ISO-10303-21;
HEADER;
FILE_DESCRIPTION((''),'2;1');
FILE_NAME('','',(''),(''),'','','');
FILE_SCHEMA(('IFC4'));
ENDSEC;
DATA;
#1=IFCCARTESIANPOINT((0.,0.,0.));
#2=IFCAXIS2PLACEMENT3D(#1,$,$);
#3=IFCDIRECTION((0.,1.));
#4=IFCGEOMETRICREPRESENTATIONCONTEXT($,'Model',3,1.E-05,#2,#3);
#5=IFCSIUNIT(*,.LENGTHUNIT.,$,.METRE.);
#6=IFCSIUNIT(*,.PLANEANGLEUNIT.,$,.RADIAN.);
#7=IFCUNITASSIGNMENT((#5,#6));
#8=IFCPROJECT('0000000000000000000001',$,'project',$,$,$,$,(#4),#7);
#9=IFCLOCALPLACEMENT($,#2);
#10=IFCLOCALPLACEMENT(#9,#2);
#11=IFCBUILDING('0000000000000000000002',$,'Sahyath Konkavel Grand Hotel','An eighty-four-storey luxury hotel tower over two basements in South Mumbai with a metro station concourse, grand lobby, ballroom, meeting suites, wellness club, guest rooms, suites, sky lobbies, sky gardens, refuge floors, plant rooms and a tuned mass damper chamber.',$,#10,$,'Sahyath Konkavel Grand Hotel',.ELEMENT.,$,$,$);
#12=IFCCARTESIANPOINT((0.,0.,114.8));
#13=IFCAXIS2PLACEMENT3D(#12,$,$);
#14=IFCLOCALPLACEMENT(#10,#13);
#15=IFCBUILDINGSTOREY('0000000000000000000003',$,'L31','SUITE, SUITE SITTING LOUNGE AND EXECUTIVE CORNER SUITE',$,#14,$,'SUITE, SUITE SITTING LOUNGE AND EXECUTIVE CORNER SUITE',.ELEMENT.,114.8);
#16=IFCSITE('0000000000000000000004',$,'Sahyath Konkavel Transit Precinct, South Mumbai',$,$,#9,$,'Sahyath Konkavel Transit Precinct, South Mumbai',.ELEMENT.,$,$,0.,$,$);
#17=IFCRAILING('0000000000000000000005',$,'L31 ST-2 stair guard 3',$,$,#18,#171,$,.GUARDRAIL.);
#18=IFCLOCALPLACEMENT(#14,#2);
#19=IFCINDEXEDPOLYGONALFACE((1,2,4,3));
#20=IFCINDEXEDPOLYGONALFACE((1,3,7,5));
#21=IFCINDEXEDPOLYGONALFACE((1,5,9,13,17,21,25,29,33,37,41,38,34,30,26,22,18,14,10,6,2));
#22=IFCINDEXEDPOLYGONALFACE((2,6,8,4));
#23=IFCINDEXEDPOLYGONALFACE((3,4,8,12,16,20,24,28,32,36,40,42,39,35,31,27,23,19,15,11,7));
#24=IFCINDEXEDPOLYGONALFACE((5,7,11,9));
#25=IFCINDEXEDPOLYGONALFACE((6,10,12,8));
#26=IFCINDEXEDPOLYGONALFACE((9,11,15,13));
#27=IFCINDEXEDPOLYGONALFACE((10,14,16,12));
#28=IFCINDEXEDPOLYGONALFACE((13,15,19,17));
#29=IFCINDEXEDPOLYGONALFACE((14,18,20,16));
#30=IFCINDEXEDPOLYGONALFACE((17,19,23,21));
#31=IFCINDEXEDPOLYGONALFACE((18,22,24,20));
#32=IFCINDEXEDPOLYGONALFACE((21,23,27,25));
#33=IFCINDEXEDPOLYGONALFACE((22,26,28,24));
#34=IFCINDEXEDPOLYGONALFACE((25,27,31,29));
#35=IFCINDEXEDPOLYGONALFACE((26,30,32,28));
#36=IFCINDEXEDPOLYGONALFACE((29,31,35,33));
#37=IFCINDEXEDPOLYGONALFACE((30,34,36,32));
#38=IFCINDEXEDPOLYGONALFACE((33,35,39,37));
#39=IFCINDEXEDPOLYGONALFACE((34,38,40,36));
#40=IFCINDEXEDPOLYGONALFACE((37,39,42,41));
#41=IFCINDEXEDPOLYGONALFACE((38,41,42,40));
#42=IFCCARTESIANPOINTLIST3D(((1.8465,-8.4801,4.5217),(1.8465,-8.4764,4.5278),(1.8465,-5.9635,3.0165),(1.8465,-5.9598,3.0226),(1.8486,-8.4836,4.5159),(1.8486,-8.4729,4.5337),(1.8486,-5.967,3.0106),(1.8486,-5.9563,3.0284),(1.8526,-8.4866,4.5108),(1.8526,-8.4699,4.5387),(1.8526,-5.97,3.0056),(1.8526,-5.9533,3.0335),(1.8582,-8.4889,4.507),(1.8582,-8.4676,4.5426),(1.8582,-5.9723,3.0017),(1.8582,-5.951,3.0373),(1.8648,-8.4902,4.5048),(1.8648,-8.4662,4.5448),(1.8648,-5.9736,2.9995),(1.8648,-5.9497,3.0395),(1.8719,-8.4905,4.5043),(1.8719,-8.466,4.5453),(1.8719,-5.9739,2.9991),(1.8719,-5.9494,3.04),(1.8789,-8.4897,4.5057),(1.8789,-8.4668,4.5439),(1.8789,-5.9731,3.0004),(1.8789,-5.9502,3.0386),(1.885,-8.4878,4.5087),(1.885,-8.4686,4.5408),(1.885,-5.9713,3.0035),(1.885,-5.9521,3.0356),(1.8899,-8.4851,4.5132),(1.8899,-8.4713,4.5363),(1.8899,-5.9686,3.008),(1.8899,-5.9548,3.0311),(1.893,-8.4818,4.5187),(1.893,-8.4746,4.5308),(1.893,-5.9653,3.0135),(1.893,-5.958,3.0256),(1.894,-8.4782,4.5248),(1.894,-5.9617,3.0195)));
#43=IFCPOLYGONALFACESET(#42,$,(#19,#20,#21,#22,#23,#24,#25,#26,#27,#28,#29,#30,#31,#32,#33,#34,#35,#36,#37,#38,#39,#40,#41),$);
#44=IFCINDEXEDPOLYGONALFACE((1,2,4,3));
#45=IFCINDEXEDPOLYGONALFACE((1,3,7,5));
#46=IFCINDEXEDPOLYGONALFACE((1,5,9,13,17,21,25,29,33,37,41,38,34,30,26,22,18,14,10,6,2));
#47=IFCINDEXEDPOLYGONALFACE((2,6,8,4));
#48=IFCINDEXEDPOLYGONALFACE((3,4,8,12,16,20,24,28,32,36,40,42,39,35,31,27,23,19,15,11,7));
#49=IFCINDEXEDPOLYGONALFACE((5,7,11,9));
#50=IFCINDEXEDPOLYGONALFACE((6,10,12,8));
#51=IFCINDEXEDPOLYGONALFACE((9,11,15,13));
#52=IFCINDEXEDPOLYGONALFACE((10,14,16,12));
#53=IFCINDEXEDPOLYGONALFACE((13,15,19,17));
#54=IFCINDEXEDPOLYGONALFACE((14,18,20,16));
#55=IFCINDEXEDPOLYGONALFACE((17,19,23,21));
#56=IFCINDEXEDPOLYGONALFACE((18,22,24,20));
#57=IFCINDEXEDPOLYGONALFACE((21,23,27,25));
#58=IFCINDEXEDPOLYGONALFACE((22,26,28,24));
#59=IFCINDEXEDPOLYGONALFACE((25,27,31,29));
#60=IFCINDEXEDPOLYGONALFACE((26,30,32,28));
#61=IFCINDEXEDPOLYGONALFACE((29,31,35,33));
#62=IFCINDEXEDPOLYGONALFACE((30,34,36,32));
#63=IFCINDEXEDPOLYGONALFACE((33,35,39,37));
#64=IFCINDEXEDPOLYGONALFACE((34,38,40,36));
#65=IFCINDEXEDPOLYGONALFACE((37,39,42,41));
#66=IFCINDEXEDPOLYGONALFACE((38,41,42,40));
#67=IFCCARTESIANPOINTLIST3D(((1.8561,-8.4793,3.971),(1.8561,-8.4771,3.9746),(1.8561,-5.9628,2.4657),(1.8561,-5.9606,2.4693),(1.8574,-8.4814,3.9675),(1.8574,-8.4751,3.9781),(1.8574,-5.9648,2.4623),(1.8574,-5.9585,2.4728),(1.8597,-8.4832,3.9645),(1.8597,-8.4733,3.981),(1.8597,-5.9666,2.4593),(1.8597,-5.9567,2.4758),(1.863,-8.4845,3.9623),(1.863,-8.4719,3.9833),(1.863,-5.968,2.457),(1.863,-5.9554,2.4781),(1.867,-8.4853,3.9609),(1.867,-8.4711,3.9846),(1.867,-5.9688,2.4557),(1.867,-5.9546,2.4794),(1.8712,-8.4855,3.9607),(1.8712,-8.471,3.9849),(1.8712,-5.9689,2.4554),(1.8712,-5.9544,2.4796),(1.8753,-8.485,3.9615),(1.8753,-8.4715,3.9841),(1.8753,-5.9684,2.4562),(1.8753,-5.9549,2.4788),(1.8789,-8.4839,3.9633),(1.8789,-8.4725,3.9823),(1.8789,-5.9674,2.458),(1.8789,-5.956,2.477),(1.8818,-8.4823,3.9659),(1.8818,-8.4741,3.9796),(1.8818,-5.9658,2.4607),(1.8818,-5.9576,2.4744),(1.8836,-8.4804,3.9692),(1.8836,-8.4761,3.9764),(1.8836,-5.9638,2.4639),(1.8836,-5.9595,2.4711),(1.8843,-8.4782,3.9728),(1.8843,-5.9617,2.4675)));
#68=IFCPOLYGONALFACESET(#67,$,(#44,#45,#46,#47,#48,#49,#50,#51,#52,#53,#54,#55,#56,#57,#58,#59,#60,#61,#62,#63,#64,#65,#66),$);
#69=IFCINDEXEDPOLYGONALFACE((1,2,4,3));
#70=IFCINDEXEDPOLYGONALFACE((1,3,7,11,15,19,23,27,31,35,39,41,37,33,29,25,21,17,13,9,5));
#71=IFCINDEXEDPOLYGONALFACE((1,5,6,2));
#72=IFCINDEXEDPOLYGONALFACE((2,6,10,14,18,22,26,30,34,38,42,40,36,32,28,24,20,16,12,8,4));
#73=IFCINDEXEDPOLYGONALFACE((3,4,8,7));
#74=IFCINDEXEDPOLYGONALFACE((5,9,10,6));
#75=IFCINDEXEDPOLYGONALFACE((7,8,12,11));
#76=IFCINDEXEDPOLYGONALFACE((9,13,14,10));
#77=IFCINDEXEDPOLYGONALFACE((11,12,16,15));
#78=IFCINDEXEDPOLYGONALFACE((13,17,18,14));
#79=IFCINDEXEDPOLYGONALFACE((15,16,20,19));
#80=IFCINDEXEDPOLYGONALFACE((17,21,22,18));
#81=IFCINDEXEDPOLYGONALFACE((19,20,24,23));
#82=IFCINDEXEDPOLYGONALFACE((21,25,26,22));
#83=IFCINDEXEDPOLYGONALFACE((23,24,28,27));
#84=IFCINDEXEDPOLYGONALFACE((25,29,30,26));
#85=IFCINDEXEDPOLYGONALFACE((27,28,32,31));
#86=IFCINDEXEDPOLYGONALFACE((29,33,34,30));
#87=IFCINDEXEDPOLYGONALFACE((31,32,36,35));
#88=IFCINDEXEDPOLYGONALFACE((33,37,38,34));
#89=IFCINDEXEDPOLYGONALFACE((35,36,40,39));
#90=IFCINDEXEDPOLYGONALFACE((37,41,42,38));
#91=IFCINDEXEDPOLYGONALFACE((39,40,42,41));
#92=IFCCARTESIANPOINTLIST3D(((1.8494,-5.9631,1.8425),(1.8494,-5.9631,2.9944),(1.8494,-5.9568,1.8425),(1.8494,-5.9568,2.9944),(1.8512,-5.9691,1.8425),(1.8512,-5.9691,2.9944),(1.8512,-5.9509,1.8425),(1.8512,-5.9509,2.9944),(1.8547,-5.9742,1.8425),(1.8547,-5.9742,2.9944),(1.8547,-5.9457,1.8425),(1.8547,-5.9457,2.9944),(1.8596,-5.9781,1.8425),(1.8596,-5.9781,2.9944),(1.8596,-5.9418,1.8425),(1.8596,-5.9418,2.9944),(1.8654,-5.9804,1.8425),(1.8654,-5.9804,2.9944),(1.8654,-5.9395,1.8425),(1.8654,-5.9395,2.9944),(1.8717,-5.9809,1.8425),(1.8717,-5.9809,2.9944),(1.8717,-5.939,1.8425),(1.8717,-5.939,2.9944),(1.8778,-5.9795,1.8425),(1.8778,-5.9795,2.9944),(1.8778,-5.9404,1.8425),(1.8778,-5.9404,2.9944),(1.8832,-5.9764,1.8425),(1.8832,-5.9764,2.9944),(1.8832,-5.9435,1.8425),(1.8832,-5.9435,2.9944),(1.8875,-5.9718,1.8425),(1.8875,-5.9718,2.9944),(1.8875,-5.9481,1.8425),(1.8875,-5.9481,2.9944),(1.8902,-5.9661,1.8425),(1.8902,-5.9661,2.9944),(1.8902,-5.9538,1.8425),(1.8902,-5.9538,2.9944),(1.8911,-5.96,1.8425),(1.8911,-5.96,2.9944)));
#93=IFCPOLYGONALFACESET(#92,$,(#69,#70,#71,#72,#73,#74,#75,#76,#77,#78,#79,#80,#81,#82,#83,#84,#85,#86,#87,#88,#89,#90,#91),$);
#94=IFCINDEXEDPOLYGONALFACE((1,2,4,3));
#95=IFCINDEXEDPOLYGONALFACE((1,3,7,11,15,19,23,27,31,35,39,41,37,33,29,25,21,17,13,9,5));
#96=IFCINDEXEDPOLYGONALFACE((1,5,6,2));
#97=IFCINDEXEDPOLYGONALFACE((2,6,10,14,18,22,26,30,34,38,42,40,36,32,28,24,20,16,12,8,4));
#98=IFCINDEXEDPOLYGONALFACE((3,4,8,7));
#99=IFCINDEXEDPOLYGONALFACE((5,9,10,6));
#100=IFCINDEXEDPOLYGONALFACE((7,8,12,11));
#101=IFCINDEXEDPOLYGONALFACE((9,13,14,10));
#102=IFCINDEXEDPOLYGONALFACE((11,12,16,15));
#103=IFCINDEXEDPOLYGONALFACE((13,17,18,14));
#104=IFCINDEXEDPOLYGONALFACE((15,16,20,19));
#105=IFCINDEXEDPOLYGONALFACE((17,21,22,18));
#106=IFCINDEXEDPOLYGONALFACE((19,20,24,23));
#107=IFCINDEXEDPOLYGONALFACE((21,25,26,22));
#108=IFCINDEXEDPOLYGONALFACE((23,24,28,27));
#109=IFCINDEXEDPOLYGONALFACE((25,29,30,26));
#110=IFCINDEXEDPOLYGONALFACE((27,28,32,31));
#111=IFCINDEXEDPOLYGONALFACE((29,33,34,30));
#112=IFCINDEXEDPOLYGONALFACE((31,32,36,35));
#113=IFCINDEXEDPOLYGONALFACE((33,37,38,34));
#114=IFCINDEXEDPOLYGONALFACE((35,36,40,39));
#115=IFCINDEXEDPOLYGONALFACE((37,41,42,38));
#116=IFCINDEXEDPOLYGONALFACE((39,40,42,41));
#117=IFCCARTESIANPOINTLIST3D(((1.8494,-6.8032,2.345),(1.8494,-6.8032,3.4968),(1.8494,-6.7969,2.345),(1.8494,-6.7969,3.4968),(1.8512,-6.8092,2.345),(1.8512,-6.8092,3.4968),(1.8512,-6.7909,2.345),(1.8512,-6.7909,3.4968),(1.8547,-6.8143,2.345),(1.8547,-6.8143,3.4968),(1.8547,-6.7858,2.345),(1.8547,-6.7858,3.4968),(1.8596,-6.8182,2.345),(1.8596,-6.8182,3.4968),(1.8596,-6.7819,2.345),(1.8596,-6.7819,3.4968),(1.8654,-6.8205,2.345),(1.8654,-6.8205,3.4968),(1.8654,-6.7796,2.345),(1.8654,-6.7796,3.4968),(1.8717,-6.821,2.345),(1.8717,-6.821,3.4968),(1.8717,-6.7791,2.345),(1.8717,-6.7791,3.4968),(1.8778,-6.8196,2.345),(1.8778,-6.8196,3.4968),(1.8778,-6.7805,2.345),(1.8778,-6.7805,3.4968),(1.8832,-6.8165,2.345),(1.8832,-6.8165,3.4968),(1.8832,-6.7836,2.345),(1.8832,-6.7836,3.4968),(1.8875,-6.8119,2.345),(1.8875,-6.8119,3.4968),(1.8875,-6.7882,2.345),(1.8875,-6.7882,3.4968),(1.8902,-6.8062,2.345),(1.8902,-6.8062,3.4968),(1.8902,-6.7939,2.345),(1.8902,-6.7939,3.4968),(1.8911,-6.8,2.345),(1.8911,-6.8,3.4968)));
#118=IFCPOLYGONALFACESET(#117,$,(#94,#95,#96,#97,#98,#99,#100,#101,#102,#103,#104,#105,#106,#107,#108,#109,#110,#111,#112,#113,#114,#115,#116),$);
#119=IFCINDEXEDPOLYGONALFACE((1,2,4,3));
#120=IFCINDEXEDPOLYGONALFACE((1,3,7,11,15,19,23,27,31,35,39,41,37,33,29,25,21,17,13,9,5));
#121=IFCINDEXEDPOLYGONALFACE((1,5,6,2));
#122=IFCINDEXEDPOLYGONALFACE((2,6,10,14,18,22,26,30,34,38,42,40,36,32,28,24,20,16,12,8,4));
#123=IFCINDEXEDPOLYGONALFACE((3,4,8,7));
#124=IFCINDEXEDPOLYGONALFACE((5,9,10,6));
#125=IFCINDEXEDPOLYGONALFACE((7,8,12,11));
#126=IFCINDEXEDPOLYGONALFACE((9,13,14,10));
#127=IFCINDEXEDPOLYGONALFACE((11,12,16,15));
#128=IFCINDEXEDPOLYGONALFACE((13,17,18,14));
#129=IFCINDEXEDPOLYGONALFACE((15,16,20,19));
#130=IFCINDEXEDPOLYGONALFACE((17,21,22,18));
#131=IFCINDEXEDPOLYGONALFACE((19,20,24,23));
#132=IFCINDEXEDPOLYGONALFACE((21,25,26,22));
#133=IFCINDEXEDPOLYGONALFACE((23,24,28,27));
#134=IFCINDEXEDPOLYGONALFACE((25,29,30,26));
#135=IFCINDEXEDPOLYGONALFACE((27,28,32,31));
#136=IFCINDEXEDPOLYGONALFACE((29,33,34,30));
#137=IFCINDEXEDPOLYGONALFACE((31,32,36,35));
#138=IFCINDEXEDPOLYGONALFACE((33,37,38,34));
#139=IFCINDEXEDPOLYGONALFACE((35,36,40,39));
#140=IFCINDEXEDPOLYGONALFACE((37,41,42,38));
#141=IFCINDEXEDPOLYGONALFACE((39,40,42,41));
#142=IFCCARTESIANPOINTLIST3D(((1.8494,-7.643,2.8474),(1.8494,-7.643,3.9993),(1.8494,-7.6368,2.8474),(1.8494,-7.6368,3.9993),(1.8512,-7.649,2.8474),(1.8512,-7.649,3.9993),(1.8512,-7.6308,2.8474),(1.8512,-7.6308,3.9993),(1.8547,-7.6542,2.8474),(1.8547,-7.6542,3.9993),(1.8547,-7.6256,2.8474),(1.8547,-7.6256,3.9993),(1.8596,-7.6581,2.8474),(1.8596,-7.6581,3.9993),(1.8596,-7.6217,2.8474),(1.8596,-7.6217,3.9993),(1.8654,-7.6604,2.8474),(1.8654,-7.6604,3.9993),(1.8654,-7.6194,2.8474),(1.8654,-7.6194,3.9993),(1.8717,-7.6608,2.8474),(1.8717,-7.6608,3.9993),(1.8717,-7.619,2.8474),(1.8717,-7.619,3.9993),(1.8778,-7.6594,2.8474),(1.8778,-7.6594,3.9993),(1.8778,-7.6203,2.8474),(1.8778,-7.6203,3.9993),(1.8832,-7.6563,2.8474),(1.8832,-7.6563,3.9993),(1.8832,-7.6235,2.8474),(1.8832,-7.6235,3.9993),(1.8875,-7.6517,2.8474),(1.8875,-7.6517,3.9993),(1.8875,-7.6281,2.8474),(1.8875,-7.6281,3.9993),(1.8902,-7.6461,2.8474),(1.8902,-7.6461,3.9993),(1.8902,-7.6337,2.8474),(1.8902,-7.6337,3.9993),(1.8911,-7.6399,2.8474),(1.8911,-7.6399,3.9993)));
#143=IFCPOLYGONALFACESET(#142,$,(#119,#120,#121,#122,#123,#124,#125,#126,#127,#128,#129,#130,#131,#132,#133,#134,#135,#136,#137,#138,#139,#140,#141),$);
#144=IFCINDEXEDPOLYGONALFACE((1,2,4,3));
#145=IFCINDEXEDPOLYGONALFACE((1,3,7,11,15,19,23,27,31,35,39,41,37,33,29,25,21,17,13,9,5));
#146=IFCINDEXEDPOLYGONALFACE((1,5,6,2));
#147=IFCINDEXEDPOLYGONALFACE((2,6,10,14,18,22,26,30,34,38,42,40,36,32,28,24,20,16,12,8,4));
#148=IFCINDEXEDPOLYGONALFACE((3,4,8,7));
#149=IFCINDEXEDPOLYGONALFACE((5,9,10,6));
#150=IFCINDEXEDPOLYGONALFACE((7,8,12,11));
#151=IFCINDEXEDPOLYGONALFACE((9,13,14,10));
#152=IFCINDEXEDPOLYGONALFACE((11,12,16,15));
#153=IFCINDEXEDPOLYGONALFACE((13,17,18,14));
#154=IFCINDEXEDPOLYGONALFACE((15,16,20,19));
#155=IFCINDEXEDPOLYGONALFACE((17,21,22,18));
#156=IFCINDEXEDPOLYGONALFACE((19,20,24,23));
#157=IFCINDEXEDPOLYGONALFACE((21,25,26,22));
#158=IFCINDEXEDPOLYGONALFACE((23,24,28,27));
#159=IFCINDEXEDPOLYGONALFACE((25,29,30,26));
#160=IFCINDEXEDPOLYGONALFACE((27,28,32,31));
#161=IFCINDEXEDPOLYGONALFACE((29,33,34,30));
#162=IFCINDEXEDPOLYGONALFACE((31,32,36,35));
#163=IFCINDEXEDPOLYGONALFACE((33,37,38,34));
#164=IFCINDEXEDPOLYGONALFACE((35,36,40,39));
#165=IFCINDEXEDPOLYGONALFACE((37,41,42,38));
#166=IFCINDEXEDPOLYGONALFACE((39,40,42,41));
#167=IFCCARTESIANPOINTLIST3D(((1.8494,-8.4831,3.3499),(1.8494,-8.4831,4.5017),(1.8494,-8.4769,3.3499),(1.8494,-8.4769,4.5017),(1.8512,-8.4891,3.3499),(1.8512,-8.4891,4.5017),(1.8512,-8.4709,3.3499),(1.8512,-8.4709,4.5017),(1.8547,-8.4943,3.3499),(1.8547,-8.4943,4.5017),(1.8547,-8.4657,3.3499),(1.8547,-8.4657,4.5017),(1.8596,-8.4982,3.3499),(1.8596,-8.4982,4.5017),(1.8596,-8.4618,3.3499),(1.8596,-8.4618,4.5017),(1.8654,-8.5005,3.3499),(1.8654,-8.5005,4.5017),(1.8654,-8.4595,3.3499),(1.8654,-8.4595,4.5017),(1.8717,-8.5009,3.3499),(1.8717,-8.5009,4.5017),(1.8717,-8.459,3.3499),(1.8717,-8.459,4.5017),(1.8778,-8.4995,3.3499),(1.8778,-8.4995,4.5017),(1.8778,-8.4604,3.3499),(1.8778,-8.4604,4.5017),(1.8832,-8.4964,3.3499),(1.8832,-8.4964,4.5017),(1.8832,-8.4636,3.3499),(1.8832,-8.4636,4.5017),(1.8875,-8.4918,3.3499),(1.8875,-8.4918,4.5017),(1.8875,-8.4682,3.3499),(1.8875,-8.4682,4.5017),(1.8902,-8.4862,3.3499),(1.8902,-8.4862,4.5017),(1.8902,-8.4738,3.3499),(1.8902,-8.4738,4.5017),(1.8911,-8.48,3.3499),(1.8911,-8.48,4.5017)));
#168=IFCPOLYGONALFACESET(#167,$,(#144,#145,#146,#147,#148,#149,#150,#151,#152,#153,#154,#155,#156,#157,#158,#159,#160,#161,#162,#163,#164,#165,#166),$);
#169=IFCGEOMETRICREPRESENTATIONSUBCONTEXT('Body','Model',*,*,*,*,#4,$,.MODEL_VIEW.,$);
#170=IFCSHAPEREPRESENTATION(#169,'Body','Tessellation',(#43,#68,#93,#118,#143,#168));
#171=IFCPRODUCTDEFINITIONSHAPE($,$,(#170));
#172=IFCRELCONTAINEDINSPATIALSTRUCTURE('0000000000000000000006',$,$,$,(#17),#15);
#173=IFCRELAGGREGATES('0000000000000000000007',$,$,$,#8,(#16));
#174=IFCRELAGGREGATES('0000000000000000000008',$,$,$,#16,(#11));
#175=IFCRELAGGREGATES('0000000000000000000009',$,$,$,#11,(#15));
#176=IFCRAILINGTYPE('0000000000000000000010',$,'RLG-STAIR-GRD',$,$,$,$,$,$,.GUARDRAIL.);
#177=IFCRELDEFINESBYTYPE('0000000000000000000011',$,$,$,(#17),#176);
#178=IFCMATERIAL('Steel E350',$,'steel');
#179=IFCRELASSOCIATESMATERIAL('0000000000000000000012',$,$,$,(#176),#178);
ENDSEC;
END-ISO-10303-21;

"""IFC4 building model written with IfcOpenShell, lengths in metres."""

from ifc_helpers import new_model, si_unit, direction, frame, origin, origin_2d, place, context, subcontext, project, spatial, circle, extrude, material, type_object, element, save


model = new_model("IFC4")

# Units and contexts
model_context = context("Model", 3, precision=1e-05, world=origin(), true_north=direction((0.0, 1.0)))
body_context = subcontext(model_context, "Body", "Model", "MODEL_VIEW")
ifc_project = project(units=[si_unit("LENGTHUNIT", "METRE"), si_unit("PLANEANGLEUNIT", "RADIAN")], contexts=[model_context])

# Site, building, storey
site_placement = place(None, origin())
site = spatial("IfcSite", under=ifc_project, at=site_placement, Name="Sahyath Konkavel Transit Precinct, South Mumbai", LongName="Sahyath Konkavel Transit Precinct, South Mumbai", CompositionType="ELEMENT", RefElevation=0.0)
building_placement = place(site_placement, origin())
building = spatial("IfcBuilding", under=site, at=building_placement, Name="Sahyath Konkavel Grand Hotel", Description="An eighty-four-storey luxury hotel tower over two basements in South Mumbai with a metro station concourse, grand lobby, ballroom, meeting suites, wellness club, guest rooms, suites, sky lobbies, sky gardens, refuge floors, plant rooms and a tuned mass damper chamber.", LongName="Sahyath Konkavel Grand Hotel", CompositionType="ELEMENT")
storey_placement = place(building_placement, frame((0.0, 0.0, 114.8)))
storey = spatial("IfcBuildingStorey", under=building, at=storey_placement, Name="L31", Description="SUITE, SUITE SITTING LOUNGE AND EXECUTIVE CORNER SUITE", LongName="SUITE, SUITE SITTING LOUNGE AND EXECUTIVE CORNER SUITE", CompositionType="ELEMENT", Elevation=114.8)

# Shared definitions
ifc_material_1 = material(Name="Steel E350", Category="steel")

# Railing
railing_type_1 = type_object("IfcRailingType", Name="RLG-STAIR-GRD", PredefinedType="GUARDRAIL", material=ifc_material_1)
railing_1_placement = place(storey_placement, frame((1.8701, -5.96, 1.8425)))
element("IfcRailing", 1, at=railing_1_placement, inside=storey, type_object=railing_type_1, Name="L31 ST-2 stair guard 3", PredefinedType="GUARDRAIL", context=body_context, shape_type="SweptSolid", body=[
    extrude(circle(Radius=0.0239, at=origin_2d()), frame((0.0, -0.0017, 1.177), z_axis=(0.0, -0.858196, 0.513321), x_axis=(1.0, 0.0, 0.0)), (0.0, 0.0, 1.0), 2.9324),
    extrude(circle(Radius=0.0142, at=origin_2d()), frame((0.0, -0.0017, 0.625), z_axis=(0.0, -0.858196, 0.513321), x_axis=(1.0, 0.0, 0.0)), (0.0, 0.0, 1.0), 2.9324),
    extrude(circle(Radius=0.021, at=origin_2d()), origin(), (0.0, 0.0, 1.0), 1.1519),
    extrude(circle(Radius=0.021, at=origin_2d()), frame((0.0, -0.8401, 0.5024)), (0.0, 0.0, 1.0), 1.1519),
    extrude(circle(Radius=0.021, at=origin_2d()), frame((0.0, -1.6799, 1.0049)), (0.0, 0.0, 1.0), 1.1519),
    extrude(circle(Radius=0.021, at=origin_2d()), frame((0.0, -2.52, 1.5073)), (0.0, 0.0, 1.0), 1.1519),
])

save(model, "model.ifc")
